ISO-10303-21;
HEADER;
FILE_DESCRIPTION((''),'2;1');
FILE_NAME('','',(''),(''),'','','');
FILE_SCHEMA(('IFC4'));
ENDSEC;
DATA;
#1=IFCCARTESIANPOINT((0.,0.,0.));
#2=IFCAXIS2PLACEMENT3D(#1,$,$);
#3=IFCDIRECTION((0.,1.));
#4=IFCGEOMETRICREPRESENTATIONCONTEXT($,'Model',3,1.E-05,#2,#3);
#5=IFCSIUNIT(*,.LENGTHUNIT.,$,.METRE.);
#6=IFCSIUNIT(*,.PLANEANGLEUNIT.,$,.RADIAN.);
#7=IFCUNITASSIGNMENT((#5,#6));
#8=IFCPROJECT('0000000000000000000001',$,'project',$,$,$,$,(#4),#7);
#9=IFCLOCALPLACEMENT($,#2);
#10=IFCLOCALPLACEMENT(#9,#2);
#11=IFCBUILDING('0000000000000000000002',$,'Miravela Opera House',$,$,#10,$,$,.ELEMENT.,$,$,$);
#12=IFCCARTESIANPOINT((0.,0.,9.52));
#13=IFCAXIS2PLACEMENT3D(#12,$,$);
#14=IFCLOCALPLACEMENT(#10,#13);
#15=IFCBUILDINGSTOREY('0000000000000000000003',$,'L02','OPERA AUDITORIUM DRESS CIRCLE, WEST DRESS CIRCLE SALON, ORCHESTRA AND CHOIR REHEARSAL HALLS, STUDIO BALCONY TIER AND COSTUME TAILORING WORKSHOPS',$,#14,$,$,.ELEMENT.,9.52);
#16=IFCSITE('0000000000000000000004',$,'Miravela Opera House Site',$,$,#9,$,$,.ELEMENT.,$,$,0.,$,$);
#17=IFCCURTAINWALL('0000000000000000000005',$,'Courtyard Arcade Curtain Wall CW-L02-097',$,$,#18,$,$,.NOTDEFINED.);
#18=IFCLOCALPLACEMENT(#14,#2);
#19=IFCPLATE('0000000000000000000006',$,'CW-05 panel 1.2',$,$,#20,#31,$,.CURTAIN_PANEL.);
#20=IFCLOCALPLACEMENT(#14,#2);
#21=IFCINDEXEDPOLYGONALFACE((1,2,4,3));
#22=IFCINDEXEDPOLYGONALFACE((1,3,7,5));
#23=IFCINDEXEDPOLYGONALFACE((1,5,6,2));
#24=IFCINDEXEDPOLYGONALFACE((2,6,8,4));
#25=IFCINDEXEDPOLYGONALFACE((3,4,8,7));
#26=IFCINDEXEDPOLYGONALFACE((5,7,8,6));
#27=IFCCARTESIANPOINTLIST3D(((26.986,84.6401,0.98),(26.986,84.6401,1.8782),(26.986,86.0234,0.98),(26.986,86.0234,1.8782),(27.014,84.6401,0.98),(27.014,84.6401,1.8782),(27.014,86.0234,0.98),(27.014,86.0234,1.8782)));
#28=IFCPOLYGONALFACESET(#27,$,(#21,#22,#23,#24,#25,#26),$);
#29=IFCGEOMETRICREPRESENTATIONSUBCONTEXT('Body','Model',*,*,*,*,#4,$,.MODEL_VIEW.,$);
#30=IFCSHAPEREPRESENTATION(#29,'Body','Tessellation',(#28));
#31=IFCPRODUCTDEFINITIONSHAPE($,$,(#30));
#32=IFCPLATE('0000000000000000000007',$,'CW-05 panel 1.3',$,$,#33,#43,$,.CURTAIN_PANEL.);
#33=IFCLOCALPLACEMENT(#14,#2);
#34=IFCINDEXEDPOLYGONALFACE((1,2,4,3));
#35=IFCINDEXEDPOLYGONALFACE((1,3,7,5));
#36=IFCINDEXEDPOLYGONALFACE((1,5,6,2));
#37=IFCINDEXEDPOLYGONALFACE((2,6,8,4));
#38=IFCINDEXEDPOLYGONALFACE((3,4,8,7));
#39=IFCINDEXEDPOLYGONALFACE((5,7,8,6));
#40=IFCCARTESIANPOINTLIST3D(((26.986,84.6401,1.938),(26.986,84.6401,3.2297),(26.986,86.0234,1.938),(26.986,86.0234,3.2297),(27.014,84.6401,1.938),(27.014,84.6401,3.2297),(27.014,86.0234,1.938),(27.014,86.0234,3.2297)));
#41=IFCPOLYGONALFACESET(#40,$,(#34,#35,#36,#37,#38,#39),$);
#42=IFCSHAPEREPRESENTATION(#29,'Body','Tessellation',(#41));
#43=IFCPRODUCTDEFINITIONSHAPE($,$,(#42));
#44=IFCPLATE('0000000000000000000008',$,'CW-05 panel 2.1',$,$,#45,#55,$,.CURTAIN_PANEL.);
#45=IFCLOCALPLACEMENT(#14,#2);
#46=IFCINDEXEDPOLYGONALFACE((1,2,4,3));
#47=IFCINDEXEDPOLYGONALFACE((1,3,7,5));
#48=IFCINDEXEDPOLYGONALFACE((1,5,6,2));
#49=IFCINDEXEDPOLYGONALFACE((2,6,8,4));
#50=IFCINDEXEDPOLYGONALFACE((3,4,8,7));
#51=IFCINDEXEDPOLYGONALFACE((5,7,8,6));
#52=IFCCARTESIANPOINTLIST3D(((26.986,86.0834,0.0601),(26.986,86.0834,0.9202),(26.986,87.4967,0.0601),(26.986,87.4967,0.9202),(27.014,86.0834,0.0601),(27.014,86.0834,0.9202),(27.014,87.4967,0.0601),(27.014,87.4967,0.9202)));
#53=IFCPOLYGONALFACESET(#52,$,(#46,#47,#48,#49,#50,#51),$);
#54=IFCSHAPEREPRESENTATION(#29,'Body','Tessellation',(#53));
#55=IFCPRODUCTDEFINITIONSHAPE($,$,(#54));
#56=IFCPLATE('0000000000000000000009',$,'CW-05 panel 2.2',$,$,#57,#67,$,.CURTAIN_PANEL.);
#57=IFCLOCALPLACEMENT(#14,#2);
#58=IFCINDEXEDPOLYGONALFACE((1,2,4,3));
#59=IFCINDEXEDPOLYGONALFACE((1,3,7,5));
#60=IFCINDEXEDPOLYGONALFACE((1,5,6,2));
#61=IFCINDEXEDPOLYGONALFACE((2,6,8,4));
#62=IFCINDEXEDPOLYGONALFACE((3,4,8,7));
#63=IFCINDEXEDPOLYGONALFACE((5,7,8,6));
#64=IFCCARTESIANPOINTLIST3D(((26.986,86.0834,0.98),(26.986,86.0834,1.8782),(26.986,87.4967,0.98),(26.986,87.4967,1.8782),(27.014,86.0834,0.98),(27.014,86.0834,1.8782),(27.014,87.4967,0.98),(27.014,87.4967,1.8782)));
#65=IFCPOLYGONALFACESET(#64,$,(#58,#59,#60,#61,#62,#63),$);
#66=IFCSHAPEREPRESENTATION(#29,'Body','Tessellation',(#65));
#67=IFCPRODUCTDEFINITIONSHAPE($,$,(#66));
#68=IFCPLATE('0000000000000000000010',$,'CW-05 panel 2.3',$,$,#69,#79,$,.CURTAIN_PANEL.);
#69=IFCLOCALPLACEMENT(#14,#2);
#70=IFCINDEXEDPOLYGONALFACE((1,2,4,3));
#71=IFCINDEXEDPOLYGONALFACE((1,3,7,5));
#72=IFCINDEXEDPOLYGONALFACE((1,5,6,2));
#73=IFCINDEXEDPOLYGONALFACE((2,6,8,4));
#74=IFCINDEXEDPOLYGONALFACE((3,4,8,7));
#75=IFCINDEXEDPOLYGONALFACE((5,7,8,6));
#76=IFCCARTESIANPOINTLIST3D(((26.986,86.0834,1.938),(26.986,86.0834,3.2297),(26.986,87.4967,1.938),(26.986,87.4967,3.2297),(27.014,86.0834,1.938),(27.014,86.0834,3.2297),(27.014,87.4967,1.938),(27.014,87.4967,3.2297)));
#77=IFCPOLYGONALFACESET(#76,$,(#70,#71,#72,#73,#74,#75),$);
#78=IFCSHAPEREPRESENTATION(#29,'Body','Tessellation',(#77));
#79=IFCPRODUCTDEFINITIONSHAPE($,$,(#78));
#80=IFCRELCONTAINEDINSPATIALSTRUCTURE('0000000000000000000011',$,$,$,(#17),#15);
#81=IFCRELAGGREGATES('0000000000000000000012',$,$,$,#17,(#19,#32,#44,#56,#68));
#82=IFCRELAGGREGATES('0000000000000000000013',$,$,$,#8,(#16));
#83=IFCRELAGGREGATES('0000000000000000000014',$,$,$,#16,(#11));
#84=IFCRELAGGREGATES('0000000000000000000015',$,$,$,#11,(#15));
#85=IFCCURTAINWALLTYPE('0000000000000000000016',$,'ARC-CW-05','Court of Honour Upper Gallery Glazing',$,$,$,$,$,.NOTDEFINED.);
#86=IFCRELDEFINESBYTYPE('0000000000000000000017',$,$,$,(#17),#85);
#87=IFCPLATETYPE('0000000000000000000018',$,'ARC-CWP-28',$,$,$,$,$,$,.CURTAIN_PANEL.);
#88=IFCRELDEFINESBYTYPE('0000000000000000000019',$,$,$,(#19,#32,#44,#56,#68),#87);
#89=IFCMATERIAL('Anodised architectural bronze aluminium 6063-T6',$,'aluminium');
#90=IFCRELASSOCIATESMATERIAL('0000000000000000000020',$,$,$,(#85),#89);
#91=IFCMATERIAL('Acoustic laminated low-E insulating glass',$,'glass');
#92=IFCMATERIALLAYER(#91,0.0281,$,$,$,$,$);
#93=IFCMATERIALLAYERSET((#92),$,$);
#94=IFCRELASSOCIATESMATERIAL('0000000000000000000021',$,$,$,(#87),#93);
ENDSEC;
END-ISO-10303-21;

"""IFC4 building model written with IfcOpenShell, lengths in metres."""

from ifc_helpers import new_model, si_unit, direction, frame, origin, origin_2d, place, context, subcontext, project, spatial, rectangle, extrude, material, layer, layer_set, type_object, element, aggregate, save


model = new_model("IFC4")

# Units and contexts
model_context = context("Model", 3, precision=1e-05, world=origin(), true_north=direction((0.0, 1.0)))
body_context = subcontext(model_context, "Body", "Model", "MODEL_VIEW")
ifc_project = project(units=[si_unit("LENGTHUNIT", "METRE"), si_unit("PLANEANGLEUNIT", "RADIAN")], contexts=[model_context])

# Site, building, storey
site_placement = place(None, origin())
site = spatial("IfcSite", under=ifc_project, at=site_placement, Name="Miravela Opera House Site", CompositionType="ELEMENT", RefElevation=0.0)
building_placement = place(site_placement, origin())
building = spatial("IfcBuilding", under=site, at=building_placement, Name="Miravela Opera House", CompositionType="ELEMENT")
storey_placement = place(building_placement, frame((0.0, 0.0, 9.52)))
storey = spatial("IfcBuildingStorey", under=building, at=storey_placement, Name="L02", Description="OPERA AUDITORIUM DRESS CIRCLE, WEST DRESS CIRCLE SALON, ORCHESTRA AND CHOIR REHEARSAL HALLS, STUDIO BALCONY TIER AND COSTUME TAILORING WORKSHOPS", CompositionType="ELEMENT", Elevation=9.52)

# Curtain wall
ifc_material_1 = material(Name="Anodised architectural bronze aluminium 6063-T6", Category="aluminium")
curtain_wall_type = type_object("IfcCurtainWallType", Name="ARC-CW-05", Description="Court of Honour Upper Gallery Glazing", PredefinedType="NOTDEFINED", material=ifc_material_1)
curtain_wall_1_placement = place(storey_placement, origin())
curtain_wall_1 = element("IfcCurtainWall", 1, at=curtain_wall_1_placement, inside=storey, type_object=curtain_wall_type, Name="Courtyard Arcade Curtain Wall CW-L02-097", PredefinedType="NOTDEFINED")

# Plates
ifc_material_2 = material(Name="Acoustic laminated low-E insulating glass", Category="glass")
ifc_layer = layer(ifc_material_2, 0.0281)
ifc_layer_set = layer_set([ifc_layer])
plate_type = type_object("IfcPlateType", Name="ARC-CWP-28", PredefinedType="CURTAIN_PANEL", material=ifc_layer_set)
plate_1_placement = place(storey_placement, frame((27.0, 85.3318, 0.98), z_axis=(0.0, 0.0, 1.0), x_axis=(0.0, 1.0, 0.0)))
plate_1 = element("IfcPlate", 2, at=plate_1_placement, type_object=plate_type, Name="CW-05 panel 1.2", PredefinedType="CURTAIN_PANEL", context=body_context, shape_type="SweptSolid", body=[
    extrude(rectangle(XDim=1.3833, YDim=0.0281, at=origin_2d()), origin(), (0.0, 0.0, 1.0), 0.8982),
])
plate_2_placement = place(storey_placement, frame((27.0, 85.3318, 1.938), z_axis=(0.0, 0.0, 1.0), x_axis=(0.0, 1.0, 0.0)))
plate_2 = element("IfcPlate", 3, at=plate_2_placement, type_object=plate_type, Name="CW-05 panel 1.3", PredefinedType="CURTAIN_PANEL", context=body_context, shape_type="SweptSolid", body=[
    extrude(rectangle(XDim=1.3833, YDim=0.0281, at=origin_2d()), origin(), (0.0, 0.0, 1.0), 1.2917),
])
plate_3_placement = place(storey_placement, frame((27.0, 86.79, 0.0601), z_axis=(0.0, 0.0, 1.0), x_axis=(0.0, 1.0, 0.0)))
plate_3 = element("IfcPlate", 4, at=plate_3_placement, type_object=plate_type, Name="CW-05 panel 2.1", PredefinedType="CURTAIN_PANEL", context=body_context, shape_type="SweptSolid", body=[
    extrude(rectangle(XDim=1.4133, YDim=0.0281, at=origin_2d()), origin(), (0.0, 0.0, 1.0), 0.8601),
])
plate_4_placement = place(storey_placement, frame((27.0, 86.79, 0.98), z_axis=(0.0, 0.0, 1.0), x_axis=(0.0, 1.0, 0.0)))
plate_4 = element("IfcPlate", 5, at=plate_4_placement, type_object=plate_type, Name="CW-05 panel 2.2", PredefinedType="CURTAIN_PANEL", context=body_context, shape_type="SweptSolid", body=[
    extrude(rectangle(XDim=1.4133, YDim=0.0281, at=origin_2d()), origin(), (0.0, 0.0, 1.0), 0.8982),
])
plate_5_placement = place(storey_placement, frame((27.0, 86.79, 1.938), z_axis=(0.0, 0.0, 1.0), x_axis=(0.0, 1.0, 0.0)))
plate_5 = element("IfcPlate", 6, at=plate_5_placement, type_object=plate_type, Name="CW-05 panel 2.3", PredefinedType="CURTAIN_PANEL", context=body_context, shape_type="SweptSolid", body=[
    extrude(rectangle(XDim=1.4133, YDim=0.0281, at=origin_2d()), origin(), (0.0, 0.0, 1.0), 1.2917),
])
aggregate(curtain_wall_1, [plate_1, plate_2, plate_3, plate_4, plate_5])

save(model, "model.ifc")
